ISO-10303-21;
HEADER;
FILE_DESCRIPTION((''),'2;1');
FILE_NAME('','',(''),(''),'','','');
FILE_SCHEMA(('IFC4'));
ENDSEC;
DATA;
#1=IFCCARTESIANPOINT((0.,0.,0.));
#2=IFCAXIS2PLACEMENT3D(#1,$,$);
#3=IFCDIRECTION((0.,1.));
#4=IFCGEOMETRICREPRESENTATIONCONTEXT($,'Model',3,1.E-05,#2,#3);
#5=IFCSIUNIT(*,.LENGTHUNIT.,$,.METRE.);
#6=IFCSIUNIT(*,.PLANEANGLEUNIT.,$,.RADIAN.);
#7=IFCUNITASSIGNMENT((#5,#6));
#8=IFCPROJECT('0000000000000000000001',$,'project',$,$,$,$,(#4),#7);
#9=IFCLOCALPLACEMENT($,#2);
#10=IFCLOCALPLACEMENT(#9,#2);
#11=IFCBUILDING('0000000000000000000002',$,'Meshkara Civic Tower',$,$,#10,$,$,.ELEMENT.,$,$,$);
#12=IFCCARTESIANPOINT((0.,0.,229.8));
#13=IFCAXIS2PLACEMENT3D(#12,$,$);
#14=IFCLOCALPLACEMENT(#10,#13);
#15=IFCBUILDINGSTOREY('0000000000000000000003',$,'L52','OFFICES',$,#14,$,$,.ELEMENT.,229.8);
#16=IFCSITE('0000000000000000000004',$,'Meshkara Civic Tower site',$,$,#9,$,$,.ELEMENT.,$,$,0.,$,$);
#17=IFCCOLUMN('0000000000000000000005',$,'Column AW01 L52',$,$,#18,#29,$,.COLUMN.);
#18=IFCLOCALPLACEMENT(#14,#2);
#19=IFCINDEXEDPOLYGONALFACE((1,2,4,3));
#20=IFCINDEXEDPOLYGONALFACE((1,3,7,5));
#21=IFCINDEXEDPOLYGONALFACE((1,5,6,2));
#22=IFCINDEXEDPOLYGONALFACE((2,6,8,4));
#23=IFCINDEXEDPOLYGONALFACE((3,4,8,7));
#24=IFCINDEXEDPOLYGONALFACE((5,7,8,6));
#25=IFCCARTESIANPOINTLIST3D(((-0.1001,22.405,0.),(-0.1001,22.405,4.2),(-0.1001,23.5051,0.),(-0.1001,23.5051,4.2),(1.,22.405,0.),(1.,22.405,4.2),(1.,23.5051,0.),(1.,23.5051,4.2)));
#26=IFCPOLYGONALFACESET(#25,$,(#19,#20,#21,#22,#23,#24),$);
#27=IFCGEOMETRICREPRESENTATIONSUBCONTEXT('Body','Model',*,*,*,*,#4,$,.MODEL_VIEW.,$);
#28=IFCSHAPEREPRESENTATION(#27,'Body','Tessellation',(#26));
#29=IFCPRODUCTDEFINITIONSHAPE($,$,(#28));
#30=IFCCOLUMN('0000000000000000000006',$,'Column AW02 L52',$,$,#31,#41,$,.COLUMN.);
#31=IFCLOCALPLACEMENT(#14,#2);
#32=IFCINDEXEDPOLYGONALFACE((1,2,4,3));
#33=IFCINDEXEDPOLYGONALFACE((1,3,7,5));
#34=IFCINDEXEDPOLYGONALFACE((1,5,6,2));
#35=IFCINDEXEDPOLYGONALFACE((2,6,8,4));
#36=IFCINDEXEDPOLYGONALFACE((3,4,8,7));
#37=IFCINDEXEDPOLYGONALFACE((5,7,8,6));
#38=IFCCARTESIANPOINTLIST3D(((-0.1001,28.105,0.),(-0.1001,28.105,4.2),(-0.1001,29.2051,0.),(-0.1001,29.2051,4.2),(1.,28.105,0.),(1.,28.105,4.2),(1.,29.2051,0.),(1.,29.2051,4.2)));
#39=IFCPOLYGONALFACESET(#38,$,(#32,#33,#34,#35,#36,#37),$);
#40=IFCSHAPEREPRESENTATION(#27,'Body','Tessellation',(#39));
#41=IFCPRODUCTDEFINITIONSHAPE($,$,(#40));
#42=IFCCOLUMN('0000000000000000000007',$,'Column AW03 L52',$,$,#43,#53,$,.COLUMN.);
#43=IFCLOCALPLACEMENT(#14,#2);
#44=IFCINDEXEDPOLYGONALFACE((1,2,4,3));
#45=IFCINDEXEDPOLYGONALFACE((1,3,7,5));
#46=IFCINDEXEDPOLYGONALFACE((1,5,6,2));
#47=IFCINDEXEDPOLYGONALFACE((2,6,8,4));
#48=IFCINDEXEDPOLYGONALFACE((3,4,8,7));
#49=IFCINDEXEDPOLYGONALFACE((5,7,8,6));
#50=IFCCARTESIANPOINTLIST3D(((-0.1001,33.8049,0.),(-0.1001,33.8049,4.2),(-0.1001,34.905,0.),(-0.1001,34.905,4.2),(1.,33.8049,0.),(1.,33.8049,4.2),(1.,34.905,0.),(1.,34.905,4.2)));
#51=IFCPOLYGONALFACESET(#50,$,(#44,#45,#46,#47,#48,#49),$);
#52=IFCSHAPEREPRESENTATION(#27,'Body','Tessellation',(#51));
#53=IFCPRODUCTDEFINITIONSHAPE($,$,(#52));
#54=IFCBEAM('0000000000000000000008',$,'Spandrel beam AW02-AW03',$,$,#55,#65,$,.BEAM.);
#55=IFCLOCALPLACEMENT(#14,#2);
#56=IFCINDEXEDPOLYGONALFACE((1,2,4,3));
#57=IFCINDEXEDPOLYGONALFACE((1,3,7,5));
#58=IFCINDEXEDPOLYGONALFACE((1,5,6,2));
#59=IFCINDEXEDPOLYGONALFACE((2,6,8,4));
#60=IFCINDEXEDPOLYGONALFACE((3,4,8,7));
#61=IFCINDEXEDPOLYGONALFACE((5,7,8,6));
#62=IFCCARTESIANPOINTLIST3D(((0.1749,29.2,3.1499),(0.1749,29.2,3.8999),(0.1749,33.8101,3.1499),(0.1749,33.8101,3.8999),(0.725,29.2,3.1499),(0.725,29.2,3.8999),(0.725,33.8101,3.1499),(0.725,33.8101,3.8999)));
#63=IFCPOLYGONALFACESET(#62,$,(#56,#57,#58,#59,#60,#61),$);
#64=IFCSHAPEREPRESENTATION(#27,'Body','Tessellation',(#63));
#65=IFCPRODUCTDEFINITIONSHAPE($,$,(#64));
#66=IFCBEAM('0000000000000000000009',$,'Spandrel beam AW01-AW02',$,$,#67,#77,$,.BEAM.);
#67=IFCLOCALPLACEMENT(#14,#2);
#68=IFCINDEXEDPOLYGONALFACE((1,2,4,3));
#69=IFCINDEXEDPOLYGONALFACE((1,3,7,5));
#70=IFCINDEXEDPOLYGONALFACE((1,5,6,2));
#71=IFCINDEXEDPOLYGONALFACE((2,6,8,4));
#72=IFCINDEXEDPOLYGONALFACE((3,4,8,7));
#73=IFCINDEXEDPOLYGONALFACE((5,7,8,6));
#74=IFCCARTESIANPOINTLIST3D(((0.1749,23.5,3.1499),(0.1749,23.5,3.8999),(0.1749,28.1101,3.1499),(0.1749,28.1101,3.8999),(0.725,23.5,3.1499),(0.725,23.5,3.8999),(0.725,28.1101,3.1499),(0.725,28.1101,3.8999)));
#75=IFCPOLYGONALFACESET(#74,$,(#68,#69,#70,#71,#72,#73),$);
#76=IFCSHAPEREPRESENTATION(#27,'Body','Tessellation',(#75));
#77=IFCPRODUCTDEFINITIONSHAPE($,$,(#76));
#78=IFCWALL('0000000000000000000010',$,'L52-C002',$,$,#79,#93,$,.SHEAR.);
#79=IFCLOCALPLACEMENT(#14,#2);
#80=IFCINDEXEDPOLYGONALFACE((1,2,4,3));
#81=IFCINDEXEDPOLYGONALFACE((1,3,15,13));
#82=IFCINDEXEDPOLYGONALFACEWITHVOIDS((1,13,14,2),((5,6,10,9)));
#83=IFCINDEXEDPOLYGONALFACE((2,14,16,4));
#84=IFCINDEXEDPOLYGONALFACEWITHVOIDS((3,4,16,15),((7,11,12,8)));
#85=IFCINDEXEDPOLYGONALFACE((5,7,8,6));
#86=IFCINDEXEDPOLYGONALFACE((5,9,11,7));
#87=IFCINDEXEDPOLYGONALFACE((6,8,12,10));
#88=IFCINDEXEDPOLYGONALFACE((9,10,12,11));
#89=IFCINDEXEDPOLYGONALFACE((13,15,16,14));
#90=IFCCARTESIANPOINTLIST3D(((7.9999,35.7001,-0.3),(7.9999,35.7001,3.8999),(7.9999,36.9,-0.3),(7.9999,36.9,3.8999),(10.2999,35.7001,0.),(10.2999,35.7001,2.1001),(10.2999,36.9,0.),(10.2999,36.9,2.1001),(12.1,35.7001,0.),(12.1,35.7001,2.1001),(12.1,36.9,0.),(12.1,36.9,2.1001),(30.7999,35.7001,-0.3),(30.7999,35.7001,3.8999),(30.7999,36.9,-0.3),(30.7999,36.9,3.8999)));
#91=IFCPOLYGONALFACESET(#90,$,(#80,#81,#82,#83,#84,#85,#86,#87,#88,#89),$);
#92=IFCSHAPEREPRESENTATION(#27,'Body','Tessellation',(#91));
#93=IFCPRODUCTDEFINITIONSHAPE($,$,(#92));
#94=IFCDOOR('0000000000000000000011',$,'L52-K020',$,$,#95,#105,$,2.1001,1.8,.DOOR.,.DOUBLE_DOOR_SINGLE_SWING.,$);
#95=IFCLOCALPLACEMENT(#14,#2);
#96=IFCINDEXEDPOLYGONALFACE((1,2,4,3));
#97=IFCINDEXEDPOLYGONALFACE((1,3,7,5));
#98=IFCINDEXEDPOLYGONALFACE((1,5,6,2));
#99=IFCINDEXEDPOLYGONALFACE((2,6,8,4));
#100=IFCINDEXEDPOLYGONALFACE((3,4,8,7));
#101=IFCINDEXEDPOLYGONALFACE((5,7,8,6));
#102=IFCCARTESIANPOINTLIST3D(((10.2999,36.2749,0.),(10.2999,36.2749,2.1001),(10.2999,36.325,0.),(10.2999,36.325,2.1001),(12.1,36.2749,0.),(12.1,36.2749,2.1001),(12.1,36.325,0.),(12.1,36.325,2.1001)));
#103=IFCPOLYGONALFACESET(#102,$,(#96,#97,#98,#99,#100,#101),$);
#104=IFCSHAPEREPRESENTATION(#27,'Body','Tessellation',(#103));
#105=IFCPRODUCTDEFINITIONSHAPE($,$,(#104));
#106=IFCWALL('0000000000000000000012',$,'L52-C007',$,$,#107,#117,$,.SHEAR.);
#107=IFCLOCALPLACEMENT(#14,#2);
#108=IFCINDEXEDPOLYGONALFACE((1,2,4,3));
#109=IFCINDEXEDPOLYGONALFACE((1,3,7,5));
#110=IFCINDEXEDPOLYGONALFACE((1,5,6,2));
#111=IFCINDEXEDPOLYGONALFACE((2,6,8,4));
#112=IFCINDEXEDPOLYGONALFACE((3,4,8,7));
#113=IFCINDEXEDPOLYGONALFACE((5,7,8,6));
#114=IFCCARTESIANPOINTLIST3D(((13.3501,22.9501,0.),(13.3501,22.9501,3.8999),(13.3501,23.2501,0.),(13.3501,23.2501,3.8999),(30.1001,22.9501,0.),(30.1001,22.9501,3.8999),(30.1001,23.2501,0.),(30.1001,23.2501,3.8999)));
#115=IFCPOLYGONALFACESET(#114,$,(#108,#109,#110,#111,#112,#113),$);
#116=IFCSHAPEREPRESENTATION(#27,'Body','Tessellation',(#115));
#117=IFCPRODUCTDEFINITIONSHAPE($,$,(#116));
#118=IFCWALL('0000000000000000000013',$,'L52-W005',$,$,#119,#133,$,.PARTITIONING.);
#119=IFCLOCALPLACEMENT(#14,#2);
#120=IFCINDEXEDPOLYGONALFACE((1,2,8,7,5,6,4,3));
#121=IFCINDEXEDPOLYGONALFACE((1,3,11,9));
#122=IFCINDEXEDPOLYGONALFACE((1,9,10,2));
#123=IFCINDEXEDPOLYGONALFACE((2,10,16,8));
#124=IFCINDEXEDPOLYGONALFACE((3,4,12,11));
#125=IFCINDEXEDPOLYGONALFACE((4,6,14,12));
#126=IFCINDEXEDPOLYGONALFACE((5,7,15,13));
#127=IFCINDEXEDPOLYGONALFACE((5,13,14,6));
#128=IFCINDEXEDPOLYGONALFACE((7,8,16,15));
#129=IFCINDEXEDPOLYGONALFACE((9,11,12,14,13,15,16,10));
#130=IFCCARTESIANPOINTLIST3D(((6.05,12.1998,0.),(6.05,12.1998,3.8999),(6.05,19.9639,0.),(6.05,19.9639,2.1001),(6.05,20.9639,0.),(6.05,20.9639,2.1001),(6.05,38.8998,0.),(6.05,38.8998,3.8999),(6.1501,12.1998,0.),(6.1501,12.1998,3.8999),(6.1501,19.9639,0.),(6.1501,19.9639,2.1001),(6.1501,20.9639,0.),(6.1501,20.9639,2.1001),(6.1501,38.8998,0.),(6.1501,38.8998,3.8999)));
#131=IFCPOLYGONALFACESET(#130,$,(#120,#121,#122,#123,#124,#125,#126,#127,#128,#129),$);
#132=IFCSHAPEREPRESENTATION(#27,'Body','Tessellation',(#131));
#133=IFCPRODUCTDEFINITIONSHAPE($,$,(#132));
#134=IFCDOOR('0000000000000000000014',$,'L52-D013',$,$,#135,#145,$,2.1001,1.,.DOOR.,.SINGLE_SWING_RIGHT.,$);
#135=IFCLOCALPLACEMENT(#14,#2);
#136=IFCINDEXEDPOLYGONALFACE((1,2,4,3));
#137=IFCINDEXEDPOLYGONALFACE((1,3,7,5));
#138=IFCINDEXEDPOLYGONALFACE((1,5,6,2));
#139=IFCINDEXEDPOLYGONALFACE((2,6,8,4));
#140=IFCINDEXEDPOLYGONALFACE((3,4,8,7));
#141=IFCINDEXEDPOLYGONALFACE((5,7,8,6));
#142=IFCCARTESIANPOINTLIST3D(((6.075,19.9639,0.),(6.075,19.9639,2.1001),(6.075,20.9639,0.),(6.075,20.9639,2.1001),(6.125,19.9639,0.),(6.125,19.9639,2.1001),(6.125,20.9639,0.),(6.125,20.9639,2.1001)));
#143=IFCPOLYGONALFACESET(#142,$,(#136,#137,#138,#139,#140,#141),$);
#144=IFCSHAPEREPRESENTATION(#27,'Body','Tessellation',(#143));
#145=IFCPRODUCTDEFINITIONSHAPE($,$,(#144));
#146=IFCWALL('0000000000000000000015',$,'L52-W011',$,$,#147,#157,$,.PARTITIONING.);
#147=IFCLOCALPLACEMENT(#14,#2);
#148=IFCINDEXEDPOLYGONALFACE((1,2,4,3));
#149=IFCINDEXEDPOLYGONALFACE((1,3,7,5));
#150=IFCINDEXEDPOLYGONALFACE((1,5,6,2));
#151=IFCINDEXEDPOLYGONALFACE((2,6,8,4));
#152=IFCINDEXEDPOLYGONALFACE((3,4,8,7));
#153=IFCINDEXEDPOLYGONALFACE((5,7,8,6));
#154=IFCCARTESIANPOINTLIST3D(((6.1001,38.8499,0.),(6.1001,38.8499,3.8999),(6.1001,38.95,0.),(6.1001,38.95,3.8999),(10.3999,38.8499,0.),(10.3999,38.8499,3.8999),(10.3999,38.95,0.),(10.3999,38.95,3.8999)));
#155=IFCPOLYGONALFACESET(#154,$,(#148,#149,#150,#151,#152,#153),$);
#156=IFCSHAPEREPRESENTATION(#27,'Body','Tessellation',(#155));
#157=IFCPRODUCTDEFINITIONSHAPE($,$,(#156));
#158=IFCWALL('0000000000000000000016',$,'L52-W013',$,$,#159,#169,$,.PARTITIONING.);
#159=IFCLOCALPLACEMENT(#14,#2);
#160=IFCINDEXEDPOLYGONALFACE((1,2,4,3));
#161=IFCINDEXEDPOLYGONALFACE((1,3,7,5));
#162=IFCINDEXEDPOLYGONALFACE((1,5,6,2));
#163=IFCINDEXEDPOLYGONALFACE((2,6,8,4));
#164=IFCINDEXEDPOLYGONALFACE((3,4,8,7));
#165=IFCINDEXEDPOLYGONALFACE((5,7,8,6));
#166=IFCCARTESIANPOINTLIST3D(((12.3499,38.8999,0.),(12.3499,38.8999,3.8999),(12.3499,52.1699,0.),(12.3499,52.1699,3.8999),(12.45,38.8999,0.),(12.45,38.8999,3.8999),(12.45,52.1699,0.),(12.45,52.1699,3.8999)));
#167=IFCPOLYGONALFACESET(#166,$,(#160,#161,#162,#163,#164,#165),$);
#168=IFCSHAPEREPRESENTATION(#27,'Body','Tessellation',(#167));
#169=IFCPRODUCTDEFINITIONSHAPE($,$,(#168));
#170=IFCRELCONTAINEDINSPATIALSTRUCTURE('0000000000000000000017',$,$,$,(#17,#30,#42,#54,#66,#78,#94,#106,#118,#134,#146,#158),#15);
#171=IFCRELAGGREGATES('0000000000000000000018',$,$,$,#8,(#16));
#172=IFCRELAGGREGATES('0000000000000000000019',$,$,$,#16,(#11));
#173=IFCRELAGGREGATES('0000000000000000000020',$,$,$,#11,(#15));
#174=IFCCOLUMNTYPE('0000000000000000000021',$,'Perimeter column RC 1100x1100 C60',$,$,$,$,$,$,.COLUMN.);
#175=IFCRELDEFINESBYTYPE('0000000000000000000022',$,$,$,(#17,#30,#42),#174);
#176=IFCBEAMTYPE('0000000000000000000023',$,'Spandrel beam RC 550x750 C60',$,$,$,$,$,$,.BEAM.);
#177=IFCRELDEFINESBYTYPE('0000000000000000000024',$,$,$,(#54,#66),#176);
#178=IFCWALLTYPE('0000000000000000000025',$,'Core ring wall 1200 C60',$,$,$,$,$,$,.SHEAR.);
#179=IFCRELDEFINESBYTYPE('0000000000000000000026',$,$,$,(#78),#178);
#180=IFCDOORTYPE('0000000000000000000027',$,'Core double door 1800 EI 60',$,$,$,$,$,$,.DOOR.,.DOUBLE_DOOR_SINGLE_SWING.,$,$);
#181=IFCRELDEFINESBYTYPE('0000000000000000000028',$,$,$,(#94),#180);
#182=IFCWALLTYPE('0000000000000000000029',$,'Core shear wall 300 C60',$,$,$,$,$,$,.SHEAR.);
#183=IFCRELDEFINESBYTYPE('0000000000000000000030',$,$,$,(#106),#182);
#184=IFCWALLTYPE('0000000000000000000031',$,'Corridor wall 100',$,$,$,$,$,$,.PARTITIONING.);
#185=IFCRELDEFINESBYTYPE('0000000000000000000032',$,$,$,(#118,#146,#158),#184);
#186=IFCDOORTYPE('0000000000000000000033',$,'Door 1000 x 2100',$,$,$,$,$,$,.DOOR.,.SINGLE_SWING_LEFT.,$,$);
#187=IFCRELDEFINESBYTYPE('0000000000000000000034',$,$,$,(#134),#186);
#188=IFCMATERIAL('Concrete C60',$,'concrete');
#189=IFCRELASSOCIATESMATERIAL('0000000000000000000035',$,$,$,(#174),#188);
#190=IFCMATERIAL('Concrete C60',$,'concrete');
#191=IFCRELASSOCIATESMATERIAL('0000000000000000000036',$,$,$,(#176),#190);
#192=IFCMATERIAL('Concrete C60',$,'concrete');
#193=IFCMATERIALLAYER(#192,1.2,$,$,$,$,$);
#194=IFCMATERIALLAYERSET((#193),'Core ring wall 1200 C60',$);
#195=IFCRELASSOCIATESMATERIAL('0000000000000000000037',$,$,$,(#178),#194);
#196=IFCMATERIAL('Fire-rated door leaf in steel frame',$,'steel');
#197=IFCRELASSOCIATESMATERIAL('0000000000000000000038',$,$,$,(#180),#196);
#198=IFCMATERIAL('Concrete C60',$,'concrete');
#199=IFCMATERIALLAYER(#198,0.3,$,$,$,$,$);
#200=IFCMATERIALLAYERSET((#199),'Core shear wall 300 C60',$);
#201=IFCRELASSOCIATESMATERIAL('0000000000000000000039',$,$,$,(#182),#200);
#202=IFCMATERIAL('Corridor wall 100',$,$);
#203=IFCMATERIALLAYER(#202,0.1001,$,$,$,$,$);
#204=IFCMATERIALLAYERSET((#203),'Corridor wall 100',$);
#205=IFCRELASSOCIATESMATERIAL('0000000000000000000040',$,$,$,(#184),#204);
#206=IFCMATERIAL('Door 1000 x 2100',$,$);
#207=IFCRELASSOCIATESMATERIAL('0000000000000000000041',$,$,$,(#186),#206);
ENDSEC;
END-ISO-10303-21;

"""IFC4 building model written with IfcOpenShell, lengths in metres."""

from ifc_helpers import new_model, si_unit, direction, frame, frame_2d, origin, origin_2d, place, context, subcontext, project, spatial, rectangle, extrude, material, layer, layer_set, material_profile, profile_set, type_object, element, fill, save


model = new_model("IFC4")

# Units and contexts
model_context = context("Model", 3, precision=1e-05, world=origin(), true_north=direction((0.0, 1.0)))
body_context = subcontext(model_context, "Body", "Model", "MODEL_VIEW")
ifc_project = project(units=[si_unit("LENGTHUNIT", "METRE"), si_unit("PLANEANGLEUNIT", "RADIAN")], contexts=[model_context])

# Site, building, storey
site_placement = place(None, origin())
site = spatial("IfcSite", under=ifc_project, at=site_placement, Name="Meshkara Civic Tower site", CompositionType="ELEMENT", RefElevation=0.0)
building_placement = place(site_placement, origin())
building = spatial("IfcBuilding", under=site, at=building_placement, Name="Meshkara Civic Tower", CompositionType="ELEMENT")
storey_placement = place(building_placement, frame((0.0, 0.0, 229.8)))
storey = spatial("IfcBuildingStorey", under=building, at=storey_placement, Name="L52", Description="OFFICES", CompositionType="ELEMENT", Elevation=229.8)

# Columns
ifc_material_1 = material(Name="Concrete C60", Category="concrete")
ifc_material_profile_1 = material_profile(ifc_material_1, rectangle(XDim=1.1001, YDim=1.1001, at=origin_2d()))
ifc_profile_set_1 = profile_set([ifc_material_profile_1], Name="Concrete C60")
column_type = type_object("IfcColumnType", Name="Perimeter column RC 1100x1100 C60", PredefinedType="COLUMN", material=ifc_profile_set_1)
for number, where, z_axis, x_axis, name in (
    (1, (0.45, 22.9551, 0.0), (0.0, 0.0, 1.0), (1.0, 0.0, 0.0), "Column AW01 L52"),
    (2, (0.45, 28.655, 0.0), (0.0, 0.0, 1.0), (1.0, 0.0, 0.0), "Column AW02 L52"),
    (3, (0.45, 34.355, 0.0), (0.0, 0.0, 1.0), (1.0, 0.0, 0.0), "Column AW03 L52"),
):
    element("IfcColumn", number, at=place(storey_placement, frame(where, z_axis=z_axis, x_axis=x_axis)), inside=storey, type_object=column_type, Name=name, PredefinedType="COLUMN", context=body_context, shape_type="SweptSolid", body=[
        extrude(rectangle(XDim=1.1001, YDim=1.1001, at=origin_2d()), origin(), (0.0, 0.0, 1.0), 4.2),
    ])

# Beams
ifc_material_2 = material(Name="Concrete C60", Category="concrete")
ifc_material_profile_2 = material_profile(ifc_material_2, rectangle(XDim=0.55, YDim=0.75, at=origin_2d()))
ifc_profile_set_2 = profile_set([ifc_material_profile_2], Name="Concrete C60")
beam_type = type_object("IfcBeamType", Name="Spandrel beam RC 550x750 C60", PredefinedType="BEAM", material=ifc_profile_set_2)
for number, where, z_axis, x_axis, name in (
    (4, (0.45, 33.8101, 3.5249), (0.0, -1.0, 0.0), (1.0, 0.0, 0.0), "Spandrel beam AW02-AW03"),
    (5, (0.45, 28.1101, 3.5249), (0.0, -1.0, 0.0), (1.0, 0.0, 0.0), "Spandrel beam AW01-AW02"),
):
    element("IfcBeam", number, at=place(storey_placement, frame(where, z_axis=z_axis, x_axis=x_axis)), inside=storey, type_object=beam_type, Name=name, PredefinedType="BEAM", context=body_context, shape_type="SweptSolid", body=[
        extrude(rectangle(XDim=0.55, YDim=0.75, at=origin_2d()), origin(), (0.0, 0.0, 1.0), 4.6101),
    ])

# Wall, opening, door
ifc_material_3 = material(Name="Concrete C60", Category="concrete")
ifc_layer_1 = layer(ifc_material_3, 1.2)
ifc_layer_set_1 = layer_set([ifc_layer_1], Name="Core ring wall 1200 C60")
wall_type_1 = type_object("IfcWallType", Name="Core ring wall 1200 C60", PredefinedType="SHEAR", material=ifc_layer_set_1)
wall_1_placement = place(storey_placement, frame((8.0, 36.3, -0.3), z_axis=(0.0, 0.0, 1.0), x_axis=(1.0, 0.0, 0.0)))
wall_1 = element("IfcWall", 6, at=wall_1_placement, inside=storey, type_object=wall_type_1, Name="L52-C002", PredefinedType="SHEAR", context=body_context, shape_type="SweptSolid", body=[
    extrude(rectangle(XDim=22.8, YDim=1.2, at=frame_2d((11.3999, 0.0))), origin(), (0.0, 0.0, 1.0), 4.2),
])
opening_1_placement = place(wall_1_placement, frame((2.3, 0.0, 0.3)))
opening_1 = element("IfcOpeningElement", 7, at=opening_1_placement, cuts=wall_1, PredefinedType="OPENING", context=body_context, shape_type="SweptSolid", body=[
    extrude(rectangle(XDim=1.8, YDim=2.1001, at=frame_2d((0.8999, 1.05))), frame((0.0, 0.6099, 0.0), z_axis=(0.0, -1.0, 0.0), x_axis=(1.0, 0.0, 0.0)), (0.0, 0.0, 1.0), 1.22),
])
ifc_material_4 = material(Name="Fire-rated door leaf in steel frame", Category="steel")
door_type_1 = type_object("IfcDoorType", Name="Core double door 1800 EI 60", OperationType="DOUBLE_DOOR_SINGLE_SWING", PredefinedType="DOOR", material=ifc_material_4)
door_1_placement = place(opening_1_placement, origin())
door_1 = element("IfcDoor", 8, at=door_1_placement, inside=storey, type_object=door_type_1, Name="L52-K020", OperationType="DOUBLE_DOOR_SINGLE_SWING", OverallHeight=2.1001, OverallWidth=1.8, PredefinedType="DOOR", context=body_context, shape_type="SweptSolid", body=[
    extrude(rectangle(XDim=1.8, YDim=2.1001, at=frame_2d((0.8999, 1.05))), frame((0.0, 0.0249, 0.0), z_axis=(0.0, -1.0, 0.0), x_axis=(1.0, 0.0, 0.0)), (0.0, 0.0, 1.0), 0.05),
])
fill(opening_1, door_1)

# Wall
ifc_material_5 = material(Name="Concrete C60", Category="concrete")
ifc_layer_2 = layer(ifc_material_5, 0.3)
ifc_layer_set_2 = layer_set([ifc_layer_2], Name="Core shear wall 300 C60")
wall_type_2 = type_object("IfcWallType", Name="Core shear wall 300 C60", PredefinedType="SHEAR", material=ifc_layer_set_2)
wall_2_placement = place(storey_placement, frame((13.3501, 23.1001, 0.0), z_axis=(0.0, 0.0, 1.0), x_axis=(1.0, 0.0, 0.0)))
element("IfcWall", 9, at=wall_2_placement, inside=storey, type_object=wall_type_2, Name="L52-C007", PredefinedType="SHEAR", context=body_context, shape_type="SweptSolid", body=[
    extrude(rectangle(XDim=16.75, YDim=0.3, at=frame_2d((8.375, 0.0))), origin(), (0.0, 0.0, 1.0), 3.8999),
])

# Wall, opening, door
ifc_material_6 = material(Name="Corridor wall 100")
ifc_layer_3 = layer(ifc_material_6, 0.1001)
ifc_layer_set_3 = layer_set([ifc_layer_3], Name="Corridor wall 100")
wall_type_3 = type_object("IfcWallType", Name="Corridor wall 100", PredefinedType="PARTITIONING", material=ifc_layer_set_3)
wall_3_placement = place(storey_placement, frame((6.1001, 38.8999, 0.0), z_axis=(0.0, 0.0, 1.0), x_axis=(0.0, -1.0, 0.0)))
wall_3 = element("IfcWall", 10, at=wall_3_placement, inside=storey, type_object=wall_type_3, Name="L52-W005", PredefinedType="PARTITIONING", context=body_context, shape_type="SweptSolid", body=[
    extrude(rectangle(XDim=26.7, YDim=0.1001, at=frame_2d((13.3501, 0.0))), origin(), (0.0, 0.0, 1.0), 3.8999),
])
opening_2_placement = place(wall_3_placement, frame((17.936, 0.0, 0.0)))
opening_2 = element("IfcOpeningElement", 11, at=opening_2_placement, cuts=wall_3, PredefinedType="OPENING", context=body_context, shape_type="SweptSolid", body=[
    extrude(rectangle(XDim=1.0, YDim=2.1001, at=frame_2d((0.5, 1.05))), frame((0.0, 0.0601, 0.0), z_axis=(0.0, -1.0, 0.0), x_axis=(1.0, 0.0, 0.0)), (0.0, 0.0, 1.0), 0.1201),
])
ifc_material_7 = material(Name="Door 1000 x 2100")
door_type_2 = type_object("IfcDoorType", Name="Door 1000 x 2100", OperationType="SINGLE_SWING_LEFT", PredefinedType="DOOR", material=ifc_material_7)
door_2_placement = place(opening_2_placement, origin())
door_2 = element("IfcDoor", 12, at=door_2_placement, inside=storey, type_object=door_type_2, Name="L52-D013", OperationType="SINGLE_SWING_RIGHT", OverallHeight=2.1001, OverallWidth=1.0, PredefinedType="DOOR", context=body_context, shape_type="SweptSolid", body=[
    extrude(rectangle(XDim=1.0, YDim=2.1001, at=frame_2d((0.5, 1.05))), frame((0.0, 0.0249, 0.0), z_axis=(0.0, -1.0, 0.0), x_axis=(1.0, 0.0, 0.0)), (0.0, 0.0, 1.0), 0.05),
])
fill(opening_2, door_2)

# Walls
wall_4_placement = place(storey_placement, frame((10.3999, 38.8999, 0.0), z_axis=(0.0, 0.0, 1.0), x_axis=(-1.0, 0.0, 0.0)))
element("IfcWall", 13, at=wall_4_placement, inside=storey, type_object=wall_type_3, Name="L52-W011", PredefinedType="PARTITIONING", context=body_context, shape_type="SweptSolid", body=[
    extrude(rectangle(XDim=4.2998, YDim=0.1001, at=frame_2d((2.1499, 0.0))), origin(), (0.0, 0.0, 1.0), 3.8999),
])
wall_5_placement = place(storey_placement, frame((12.3999, 38.8999, 0.0), z_axis=(0.0, 0.0, 1.0), x_axis=(0.0, 1.0, 0.0)))
element("IfcWall", 14, at=wall_5_placement, inside=storey, type_object=wall_type_3, Name="L52-W013", PredefinedType="PARTITIONING", context=body_context, shape_type="SweptSolid", body=[
    extrude(rectangle(XDim=13.27, YDim=0.1001, at=frame_2d((6.635, 0.0))), origin(), (0.0, 0.0, 1.0), 3.8999),
])

save(model, "model.ifc")
